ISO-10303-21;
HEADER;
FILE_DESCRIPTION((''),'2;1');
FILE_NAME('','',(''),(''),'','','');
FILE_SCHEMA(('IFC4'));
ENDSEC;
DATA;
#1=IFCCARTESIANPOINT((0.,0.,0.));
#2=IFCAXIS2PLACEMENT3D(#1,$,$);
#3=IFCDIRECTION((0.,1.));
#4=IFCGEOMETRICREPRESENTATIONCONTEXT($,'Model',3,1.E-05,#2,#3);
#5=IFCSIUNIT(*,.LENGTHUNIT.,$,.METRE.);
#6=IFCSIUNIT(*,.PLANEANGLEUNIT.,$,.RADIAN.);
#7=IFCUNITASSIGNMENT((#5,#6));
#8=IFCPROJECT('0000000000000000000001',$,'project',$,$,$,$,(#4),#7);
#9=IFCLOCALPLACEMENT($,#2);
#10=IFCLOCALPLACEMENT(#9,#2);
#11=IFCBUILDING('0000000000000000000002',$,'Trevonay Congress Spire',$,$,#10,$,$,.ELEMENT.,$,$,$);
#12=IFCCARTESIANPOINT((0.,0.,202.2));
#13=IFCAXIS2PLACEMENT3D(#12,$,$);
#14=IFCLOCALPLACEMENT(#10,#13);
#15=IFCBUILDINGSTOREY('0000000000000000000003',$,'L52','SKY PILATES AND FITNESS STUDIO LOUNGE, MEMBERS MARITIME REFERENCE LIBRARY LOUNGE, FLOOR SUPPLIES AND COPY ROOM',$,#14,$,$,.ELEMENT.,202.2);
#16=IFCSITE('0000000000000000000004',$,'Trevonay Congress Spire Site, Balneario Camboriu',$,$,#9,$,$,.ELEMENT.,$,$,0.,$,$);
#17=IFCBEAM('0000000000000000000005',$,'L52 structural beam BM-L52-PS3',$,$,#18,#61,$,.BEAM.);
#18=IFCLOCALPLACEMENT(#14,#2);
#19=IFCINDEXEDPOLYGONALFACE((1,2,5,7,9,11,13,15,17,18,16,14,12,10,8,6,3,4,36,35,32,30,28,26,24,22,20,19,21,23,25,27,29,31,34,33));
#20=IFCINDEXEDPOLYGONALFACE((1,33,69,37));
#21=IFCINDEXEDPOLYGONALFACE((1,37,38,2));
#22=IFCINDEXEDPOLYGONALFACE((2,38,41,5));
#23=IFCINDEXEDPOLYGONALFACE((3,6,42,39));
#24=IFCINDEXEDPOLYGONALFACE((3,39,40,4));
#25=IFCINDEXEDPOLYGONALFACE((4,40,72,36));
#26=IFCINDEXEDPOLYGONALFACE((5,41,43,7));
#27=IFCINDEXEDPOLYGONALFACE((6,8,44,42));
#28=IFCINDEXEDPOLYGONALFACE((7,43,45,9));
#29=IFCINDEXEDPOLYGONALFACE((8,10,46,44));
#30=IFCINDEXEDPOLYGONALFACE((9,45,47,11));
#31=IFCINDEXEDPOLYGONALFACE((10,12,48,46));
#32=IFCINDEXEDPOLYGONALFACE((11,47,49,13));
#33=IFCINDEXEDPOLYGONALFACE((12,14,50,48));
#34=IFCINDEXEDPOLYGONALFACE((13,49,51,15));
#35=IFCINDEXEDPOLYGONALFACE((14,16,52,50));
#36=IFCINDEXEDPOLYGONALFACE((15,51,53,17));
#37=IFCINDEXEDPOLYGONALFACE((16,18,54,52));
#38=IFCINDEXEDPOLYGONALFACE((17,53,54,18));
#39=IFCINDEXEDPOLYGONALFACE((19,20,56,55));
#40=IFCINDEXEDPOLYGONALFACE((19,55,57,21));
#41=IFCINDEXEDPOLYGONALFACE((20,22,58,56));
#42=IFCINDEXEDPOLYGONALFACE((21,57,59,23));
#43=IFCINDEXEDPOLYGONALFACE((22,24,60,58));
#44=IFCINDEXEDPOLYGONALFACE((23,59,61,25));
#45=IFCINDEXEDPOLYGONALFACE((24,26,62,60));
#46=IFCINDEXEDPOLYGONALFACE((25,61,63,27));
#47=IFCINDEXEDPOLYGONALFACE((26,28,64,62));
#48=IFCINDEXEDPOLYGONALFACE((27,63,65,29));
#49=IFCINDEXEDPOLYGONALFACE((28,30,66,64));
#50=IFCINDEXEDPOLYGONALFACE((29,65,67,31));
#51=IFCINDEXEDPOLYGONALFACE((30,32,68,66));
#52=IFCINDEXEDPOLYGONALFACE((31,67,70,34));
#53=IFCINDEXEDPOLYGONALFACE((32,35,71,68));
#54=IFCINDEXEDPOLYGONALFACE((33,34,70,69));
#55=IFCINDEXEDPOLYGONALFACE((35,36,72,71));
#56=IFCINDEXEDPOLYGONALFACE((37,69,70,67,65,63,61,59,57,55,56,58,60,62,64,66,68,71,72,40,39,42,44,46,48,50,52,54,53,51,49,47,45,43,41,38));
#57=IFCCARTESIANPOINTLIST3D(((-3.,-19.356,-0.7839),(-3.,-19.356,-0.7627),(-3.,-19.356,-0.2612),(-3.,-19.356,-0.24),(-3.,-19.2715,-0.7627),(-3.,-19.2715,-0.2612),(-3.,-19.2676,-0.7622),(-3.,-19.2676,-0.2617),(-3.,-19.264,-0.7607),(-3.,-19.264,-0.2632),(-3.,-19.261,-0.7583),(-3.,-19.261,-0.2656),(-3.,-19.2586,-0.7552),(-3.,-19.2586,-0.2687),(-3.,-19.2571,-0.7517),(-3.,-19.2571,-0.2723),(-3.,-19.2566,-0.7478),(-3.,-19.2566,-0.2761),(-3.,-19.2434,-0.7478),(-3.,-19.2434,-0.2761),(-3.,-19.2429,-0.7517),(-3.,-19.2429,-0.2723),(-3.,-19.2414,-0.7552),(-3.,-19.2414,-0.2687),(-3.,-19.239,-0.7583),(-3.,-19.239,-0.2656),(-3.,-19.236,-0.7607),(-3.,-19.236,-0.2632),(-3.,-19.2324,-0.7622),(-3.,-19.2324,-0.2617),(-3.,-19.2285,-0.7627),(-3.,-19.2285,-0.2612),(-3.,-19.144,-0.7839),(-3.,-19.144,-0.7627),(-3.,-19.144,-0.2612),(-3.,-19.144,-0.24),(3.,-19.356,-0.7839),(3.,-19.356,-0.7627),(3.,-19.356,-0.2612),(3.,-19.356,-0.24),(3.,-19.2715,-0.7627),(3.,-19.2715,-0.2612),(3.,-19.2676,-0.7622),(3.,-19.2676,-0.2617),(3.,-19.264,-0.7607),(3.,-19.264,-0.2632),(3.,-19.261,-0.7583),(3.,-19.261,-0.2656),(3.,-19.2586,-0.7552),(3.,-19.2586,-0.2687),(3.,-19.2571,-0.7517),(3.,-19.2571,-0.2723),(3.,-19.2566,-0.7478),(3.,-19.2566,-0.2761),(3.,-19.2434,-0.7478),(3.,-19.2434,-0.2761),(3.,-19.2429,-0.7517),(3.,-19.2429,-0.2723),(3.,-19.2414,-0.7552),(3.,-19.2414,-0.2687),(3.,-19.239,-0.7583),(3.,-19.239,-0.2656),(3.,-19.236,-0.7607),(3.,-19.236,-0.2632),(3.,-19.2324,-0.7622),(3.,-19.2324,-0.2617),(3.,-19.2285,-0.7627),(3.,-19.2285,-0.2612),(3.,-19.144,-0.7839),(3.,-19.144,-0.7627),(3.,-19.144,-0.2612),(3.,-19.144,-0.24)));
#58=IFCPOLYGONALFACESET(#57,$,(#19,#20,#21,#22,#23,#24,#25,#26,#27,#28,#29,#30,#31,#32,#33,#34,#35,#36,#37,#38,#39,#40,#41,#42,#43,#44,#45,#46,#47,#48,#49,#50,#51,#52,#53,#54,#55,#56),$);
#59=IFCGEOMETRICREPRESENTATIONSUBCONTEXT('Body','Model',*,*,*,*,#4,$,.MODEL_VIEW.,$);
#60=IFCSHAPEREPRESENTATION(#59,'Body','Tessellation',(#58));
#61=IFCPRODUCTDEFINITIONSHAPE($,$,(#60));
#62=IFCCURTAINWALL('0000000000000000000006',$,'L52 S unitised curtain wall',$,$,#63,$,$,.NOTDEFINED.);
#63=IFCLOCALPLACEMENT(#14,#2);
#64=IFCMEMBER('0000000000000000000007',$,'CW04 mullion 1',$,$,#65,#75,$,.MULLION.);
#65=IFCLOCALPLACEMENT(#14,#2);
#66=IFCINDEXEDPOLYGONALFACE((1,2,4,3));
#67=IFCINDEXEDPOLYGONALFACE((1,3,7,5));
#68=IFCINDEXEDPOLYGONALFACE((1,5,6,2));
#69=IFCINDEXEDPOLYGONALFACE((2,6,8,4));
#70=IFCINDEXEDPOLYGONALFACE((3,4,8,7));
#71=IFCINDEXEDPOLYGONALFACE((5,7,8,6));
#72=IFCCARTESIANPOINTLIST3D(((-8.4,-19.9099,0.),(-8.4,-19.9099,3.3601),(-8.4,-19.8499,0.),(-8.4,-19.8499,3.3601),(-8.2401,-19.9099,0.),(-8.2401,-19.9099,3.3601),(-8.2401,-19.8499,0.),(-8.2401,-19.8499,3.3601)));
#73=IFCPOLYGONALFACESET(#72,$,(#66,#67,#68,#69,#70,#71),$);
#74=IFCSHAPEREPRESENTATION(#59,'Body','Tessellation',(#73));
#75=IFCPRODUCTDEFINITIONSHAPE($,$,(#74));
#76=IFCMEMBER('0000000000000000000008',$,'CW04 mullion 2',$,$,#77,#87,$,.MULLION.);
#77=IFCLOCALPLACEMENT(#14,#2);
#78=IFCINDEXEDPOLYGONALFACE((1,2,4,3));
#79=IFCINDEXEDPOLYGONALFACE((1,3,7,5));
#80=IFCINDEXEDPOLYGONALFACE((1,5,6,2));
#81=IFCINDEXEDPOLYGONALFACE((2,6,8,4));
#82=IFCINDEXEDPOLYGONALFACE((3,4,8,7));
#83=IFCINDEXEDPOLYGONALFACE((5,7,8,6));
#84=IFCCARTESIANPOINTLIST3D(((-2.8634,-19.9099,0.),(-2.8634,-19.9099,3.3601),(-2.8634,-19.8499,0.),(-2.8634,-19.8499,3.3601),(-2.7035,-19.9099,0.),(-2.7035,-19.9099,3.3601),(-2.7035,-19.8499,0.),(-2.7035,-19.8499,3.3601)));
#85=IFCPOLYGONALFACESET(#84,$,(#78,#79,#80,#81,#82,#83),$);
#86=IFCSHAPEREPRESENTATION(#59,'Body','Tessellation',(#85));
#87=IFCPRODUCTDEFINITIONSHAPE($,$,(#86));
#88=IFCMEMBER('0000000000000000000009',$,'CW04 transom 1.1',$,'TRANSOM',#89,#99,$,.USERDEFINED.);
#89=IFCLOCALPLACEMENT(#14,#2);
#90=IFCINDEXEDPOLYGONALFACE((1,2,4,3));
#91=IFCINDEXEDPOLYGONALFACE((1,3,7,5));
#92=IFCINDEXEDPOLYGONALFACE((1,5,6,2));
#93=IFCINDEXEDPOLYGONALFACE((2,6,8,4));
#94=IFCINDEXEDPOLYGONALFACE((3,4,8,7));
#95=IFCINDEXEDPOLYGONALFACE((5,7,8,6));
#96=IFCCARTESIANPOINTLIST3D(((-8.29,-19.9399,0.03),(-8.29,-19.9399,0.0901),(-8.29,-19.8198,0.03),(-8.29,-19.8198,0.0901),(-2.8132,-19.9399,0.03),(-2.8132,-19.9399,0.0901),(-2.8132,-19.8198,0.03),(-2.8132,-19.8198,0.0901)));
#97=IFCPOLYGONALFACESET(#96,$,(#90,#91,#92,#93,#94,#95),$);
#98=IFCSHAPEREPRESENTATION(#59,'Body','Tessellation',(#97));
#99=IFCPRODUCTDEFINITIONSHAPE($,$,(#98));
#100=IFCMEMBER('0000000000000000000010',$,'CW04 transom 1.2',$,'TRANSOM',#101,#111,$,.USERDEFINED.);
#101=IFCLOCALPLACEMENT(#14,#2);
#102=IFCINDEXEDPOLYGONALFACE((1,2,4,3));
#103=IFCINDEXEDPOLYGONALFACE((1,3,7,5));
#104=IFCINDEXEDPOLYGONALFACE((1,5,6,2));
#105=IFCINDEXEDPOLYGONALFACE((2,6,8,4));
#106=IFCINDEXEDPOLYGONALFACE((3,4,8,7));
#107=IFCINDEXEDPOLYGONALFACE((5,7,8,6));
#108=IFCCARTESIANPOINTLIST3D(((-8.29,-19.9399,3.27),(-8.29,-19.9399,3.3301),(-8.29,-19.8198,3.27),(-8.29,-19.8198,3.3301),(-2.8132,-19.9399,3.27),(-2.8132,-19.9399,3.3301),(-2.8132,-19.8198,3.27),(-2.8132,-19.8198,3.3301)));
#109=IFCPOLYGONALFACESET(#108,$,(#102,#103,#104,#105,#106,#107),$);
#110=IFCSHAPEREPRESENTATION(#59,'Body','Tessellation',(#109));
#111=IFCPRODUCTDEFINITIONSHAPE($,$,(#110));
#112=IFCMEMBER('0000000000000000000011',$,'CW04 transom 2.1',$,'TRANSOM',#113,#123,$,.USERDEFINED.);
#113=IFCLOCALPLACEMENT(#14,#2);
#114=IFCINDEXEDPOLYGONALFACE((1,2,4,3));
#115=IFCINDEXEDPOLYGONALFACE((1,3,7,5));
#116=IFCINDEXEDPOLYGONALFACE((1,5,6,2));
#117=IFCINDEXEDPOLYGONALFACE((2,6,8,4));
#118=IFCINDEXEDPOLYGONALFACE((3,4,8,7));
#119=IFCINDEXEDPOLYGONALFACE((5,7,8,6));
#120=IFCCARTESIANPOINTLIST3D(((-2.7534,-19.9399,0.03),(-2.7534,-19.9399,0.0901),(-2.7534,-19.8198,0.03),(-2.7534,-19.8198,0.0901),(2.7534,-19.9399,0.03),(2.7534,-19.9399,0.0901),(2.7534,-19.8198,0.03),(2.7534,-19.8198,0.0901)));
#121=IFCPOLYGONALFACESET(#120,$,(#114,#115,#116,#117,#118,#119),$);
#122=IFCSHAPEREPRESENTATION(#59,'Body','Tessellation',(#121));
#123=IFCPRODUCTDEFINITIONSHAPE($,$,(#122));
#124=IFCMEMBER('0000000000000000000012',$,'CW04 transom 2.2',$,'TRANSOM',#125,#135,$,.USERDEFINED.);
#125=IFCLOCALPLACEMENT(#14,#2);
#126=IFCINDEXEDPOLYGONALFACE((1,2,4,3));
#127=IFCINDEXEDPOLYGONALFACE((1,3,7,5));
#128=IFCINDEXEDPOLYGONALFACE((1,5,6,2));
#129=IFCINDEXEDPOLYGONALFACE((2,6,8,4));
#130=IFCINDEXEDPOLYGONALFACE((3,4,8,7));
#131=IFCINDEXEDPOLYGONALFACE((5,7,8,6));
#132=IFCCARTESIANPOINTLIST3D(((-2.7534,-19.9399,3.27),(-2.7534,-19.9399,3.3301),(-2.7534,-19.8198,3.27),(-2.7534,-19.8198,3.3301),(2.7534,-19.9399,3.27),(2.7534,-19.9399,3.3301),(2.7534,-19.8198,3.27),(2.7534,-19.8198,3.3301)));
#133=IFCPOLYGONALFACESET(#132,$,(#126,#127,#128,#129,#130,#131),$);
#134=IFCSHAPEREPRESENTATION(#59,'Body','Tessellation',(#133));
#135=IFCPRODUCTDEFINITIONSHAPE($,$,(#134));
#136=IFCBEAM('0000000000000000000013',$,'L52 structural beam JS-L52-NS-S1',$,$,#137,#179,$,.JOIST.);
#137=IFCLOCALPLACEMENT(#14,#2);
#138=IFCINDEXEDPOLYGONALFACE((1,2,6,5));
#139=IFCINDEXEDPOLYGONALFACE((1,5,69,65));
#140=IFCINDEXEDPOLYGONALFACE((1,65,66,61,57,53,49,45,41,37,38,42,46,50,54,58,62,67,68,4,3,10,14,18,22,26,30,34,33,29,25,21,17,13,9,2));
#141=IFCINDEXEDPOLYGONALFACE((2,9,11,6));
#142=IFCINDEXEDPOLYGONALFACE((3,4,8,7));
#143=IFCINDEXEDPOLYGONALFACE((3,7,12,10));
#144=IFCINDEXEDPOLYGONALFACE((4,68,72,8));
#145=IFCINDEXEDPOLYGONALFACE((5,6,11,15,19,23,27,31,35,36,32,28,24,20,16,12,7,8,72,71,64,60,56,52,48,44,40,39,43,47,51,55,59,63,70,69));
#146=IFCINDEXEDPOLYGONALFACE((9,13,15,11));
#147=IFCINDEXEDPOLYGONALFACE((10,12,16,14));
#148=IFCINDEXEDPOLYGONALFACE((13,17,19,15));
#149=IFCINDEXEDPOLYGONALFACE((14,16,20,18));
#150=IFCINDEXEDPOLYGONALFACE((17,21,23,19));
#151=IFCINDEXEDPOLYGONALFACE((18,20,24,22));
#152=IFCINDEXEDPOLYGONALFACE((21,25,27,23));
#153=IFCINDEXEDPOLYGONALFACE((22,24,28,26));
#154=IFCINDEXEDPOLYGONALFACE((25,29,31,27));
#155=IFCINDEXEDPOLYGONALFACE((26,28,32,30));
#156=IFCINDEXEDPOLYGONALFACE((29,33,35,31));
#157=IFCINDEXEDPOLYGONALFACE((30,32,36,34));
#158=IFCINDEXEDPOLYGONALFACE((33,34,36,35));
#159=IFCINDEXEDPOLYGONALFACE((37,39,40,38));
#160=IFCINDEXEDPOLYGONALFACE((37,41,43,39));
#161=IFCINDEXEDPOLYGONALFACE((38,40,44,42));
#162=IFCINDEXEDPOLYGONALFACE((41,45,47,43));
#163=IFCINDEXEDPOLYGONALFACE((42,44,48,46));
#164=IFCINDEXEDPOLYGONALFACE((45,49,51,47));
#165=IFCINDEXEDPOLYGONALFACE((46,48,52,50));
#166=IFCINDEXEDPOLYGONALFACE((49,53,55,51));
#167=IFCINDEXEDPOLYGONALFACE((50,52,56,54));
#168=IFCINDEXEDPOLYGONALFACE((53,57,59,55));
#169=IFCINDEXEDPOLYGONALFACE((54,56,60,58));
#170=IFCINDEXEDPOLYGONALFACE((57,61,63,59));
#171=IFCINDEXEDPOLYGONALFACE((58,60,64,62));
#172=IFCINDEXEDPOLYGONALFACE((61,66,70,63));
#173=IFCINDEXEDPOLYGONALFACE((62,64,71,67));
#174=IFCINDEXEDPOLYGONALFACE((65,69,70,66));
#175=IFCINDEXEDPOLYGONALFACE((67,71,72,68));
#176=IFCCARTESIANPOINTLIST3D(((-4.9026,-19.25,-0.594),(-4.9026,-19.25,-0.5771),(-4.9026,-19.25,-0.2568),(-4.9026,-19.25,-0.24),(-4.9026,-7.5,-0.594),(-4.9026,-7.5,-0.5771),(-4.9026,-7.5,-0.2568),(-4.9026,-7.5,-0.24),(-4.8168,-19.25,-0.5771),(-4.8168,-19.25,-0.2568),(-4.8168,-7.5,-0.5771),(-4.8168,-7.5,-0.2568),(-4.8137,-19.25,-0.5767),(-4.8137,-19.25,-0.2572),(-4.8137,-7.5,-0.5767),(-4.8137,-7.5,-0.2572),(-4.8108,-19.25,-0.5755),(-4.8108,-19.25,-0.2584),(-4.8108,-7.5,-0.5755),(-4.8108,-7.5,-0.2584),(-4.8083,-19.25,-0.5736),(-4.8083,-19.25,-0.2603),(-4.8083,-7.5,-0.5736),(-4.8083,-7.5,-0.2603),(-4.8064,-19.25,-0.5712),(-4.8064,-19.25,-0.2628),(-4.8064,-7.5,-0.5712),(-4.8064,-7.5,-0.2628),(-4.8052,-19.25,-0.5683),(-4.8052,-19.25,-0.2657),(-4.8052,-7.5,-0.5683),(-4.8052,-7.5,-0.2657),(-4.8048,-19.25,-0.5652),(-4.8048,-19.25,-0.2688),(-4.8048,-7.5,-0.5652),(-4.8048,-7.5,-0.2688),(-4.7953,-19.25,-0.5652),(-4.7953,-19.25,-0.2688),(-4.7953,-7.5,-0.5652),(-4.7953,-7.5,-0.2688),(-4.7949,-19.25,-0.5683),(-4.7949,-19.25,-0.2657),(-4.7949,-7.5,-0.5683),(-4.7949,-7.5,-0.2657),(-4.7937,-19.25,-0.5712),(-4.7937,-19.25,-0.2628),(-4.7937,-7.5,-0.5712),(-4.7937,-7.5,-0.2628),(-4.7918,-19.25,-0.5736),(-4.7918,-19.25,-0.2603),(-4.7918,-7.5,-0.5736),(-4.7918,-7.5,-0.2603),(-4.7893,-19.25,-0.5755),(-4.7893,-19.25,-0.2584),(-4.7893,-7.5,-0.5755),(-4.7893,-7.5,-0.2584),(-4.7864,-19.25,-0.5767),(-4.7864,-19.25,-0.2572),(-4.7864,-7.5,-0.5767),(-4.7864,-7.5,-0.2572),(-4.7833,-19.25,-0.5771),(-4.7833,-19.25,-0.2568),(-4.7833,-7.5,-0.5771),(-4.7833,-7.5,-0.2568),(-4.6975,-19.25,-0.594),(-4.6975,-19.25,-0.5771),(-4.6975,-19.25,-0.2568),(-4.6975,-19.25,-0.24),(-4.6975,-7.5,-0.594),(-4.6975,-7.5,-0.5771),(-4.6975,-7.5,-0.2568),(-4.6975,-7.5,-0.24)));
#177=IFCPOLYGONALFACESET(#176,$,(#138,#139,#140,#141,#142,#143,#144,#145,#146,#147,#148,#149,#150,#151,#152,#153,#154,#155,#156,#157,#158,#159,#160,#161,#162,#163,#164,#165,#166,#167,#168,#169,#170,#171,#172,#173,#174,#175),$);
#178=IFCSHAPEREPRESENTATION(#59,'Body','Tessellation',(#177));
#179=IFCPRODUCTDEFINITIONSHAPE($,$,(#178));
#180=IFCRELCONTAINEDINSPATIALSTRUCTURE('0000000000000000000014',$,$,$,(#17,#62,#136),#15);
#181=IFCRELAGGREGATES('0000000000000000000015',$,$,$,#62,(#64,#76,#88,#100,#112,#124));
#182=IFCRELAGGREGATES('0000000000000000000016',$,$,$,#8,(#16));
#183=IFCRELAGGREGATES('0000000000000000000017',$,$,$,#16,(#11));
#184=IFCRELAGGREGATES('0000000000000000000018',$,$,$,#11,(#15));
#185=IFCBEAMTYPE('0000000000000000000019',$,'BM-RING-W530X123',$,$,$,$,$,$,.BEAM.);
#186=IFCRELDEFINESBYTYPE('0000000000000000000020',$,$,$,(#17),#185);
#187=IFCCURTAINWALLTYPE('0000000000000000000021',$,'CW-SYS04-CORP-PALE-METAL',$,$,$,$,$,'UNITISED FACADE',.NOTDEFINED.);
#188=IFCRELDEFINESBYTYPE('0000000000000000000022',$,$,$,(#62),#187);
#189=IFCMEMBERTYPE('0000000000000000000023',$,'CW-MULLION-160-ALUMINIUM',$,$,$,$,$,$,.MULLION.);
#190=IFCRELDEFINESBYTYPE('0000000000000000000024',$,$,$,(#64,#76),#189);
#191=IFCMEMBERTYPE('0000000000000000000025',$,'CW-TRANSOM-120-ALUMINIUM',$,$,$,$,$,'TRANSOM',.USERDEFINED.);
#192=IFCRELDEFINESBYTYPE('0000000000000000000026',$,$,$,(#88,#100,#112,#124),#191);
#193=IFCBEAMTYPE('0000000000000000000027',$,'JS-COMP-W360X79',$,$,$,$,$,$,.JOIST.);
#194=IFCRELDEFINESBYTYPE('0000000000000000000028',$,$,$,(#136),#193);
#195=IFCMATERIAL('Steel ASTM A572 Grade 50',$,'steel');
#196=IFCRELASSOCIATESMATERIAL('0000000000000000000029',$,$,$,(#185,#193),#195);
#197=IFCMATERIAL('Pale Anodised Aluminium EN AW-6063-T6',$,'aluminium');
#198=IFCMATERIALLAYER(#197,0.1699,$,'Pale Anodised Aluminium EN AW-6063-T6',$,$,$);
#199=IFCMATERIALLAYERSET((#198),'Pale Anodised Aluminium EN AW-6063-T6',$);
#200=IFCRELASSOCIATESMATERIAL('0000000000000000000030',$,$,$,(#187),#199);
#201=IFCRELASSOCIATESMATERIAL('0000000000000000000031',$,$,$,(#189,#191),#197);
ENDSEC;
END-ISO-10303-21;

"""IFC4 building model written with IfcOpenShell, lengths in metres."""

from ifc_helpers import new_model, si_unit, direction, frame, origin, origin_2d, place, context, subcontext, project, spatial, rectangle, i_section, extrude, material, layer, layer_set, material_profile, profile_set, type_object, element, aggregate, save


model = new_model("IFC4")

# Units and contexts
model_context = context("Model", 3, precision=1e-05, world=origin(), true_north=direction((0.0, 1.0)))
body_context = subcontext(model_context, "Body", "Model", "MODEL_VIEW")
ifc_project = project(units=[si_unit("LENGTHUNIT", "METRE"), si_unit("PLANEANGLEUNIT", "RADIAN")], contexts=[model_context])

# Site, building, storey
site_placement = place(None, origin())
site = spatial("IfcSite", under=ifc_project, at=site_placement, Name="Trevonay Congress Spire Site, Balneario Camboriu", CompositionType="ELEMENT", RefElevation=0.0)
building_placement = place(site_placement, origin())
building = spatial("IfcBuilding", under=site, at=building_placement, Name="Trevonay Congress Spire", CompositionType="ELEMENT")
storey_placement = place(building_placement, frame((0.0, 0.0, 202.2)))
storey = spatial("IfcBuildingStorey", under=building, at=storey_placement, Name="L52", Description="SKY PILATES AND FITNESS STUDIO LOUNGE, MEMBERS MARITIME REFERENCE LIBRARY LOUNGE, FLOOR SUPPLIES AND COPY ROOM", CompositionType="ELEMENT", Elevation=202.2)

# Shared definitions
ifc_material_1 = material(Name="Steel ASTM A572 Grade 50", Category="steel")

# Beam
ifc_material_profile_1 = material_profile(ifc_material_1, i_section(OverallWidth=0.2119, OverallDepth=0.5439, WebThickness=0.0132, FlangeThickness=0.0212, FilletRadius=0.0149, at=origin_2d()), Name="W530x123")
ifc_profile_set_1 = profile_set([ifc_material_profile_1], Name="Steel ASTM A572 Grade 50")
beam_type_1 = type_object("IfcBeamType", Name="BM-RING-W530X123", PredefinedType="BEAM", material=ifc_profile_set_1)
beam_1_placement = place(storey_placement, frame((-3.0, -19.25, -0.512), z_axis=(1.0, 0.0, 0.0), x_axis=(0.0, 1.0, 0.0)))
element("IfcBeam", 1, at=beam_1_placement, inside=storey, type_object=beam_type_1, Name="L52 structural beam BM-L52-PS3", PredefinedType="BEAM", context=body_context, shape_type="SweptSolid", body=[
    extrude(i_section(OverallWidth=0.2119, OverallDepth=0.5439, WebThickness=0.0132, FlangeThickness=0.0212, FilletRadius=0.0149, at=origin_2d()), origin(), (0.0, 0.0, 1.0), 6.0),
])

# Curtain wall, members
ifc_material_2 = material(Name="Pale Anodised Aluminium EN AW-6063-T6", Category="aluminium")
ifc_layer_1 = layer(ifc_material_2, 0.1699, Name="Pale Anodised Aluminium EN AW-6063-T6")
ifc_layer_set_1 = layer_set([ifc_layer_1], Name="Pale Anodised Aluminium EN AW-6063-T6")
curtain_wall_type = type_object("IfcCurtainWallType", Name="CW-SYS04-CORP-PALE-METAL", ElementType="UNITISED FACADE", PredefinedType="NOTDEFINED", material=ifc_layer_set_1)
curtain_wall_placement = place(storey_placement, origin())
curtain_wall = element("IfcCurtainWall", 2, at=curtain_wall_placement, inside=storey, type_object=curtain_wall_type, Name="L52 S unitised curtain wall", PredefinedType="NOTDEFINED")
ifc_material_profile_2 = material_profile(ifc_material_2, rectangle(XDim=0.0601, YDim=0.1599, at=origin_2d()), Name="CW-MULLION-160-ALUMINIUM")
ifc_profile_set_2 = profile_set([ifc_material_profile_2], Name="Pale Anodised Aluminium EN AW-6063-T6")
member_type_1 = type_object("IfcMemberType", Name="CW-MULLION-160-ALUMINIUM", PredefinedType="MULLION", material=ifc_profile_set_2)
member_1_placement = place(storey_placement, frame((-8.3201, -19.8799, 0.0), z_axis=(0.0, 0.0, 1.0), x_axis=(0.0, 1.0, 0.0)))
member_1 = element("IfcMember", 3, at=member_1_placement, type_object=member_type_1, Name="CW04 mullion 1", PredefinedType="MULLION", context=body_context, shape_type="SweptSolid", body=[
    extrude(rectangle(XDim=0.0601, YDim=0.1599, at=origin_2d()), origin(), (0.0, 0.0, 1.0), 3.3601),
])
member_2_placement = place(storey_placement, frame((-2.7834, -19.8799, 0.0), z_axis=(0.0, 0.0, 1.0), x_axis=(0.0, 1.0, 0.0)))
member_2 = element("IfcMember", 4, at=member_2_placement, type_object=member_type_1, Name="CW04 mullion 2", PredefinedType="MULLION", context=body_context, shape_type="SweptSolid", body=[
    extrude(rectangle(XDim=0.0601, YDim=0.1599, at=origin_2d()), origin(), (0.0, 0.0, 1.0), 3.3601),
])
ifc_material_profile_3 = material_profile(ifc_material_2, rectangle(XDim=0.1201, YDim=0.0601, at=origin_2d()), Name="CW-TRANSOM-120-ALUMINIUM")
ifc_profile_set_3 = profile_set([ifc_material_profile_3], Name="Pale Anodised Aluminium EN AW-6063-T6")
member_type_2 = type_object("IfcMemberType", Name="CW-TRANSOM-120-ALUMINIUM", ElementType="TRANSOM", PredefinedType="USERDEFINED", material=ifc_profile_set_3)
member_3_placement = place(storey_placement, frame((-8.29, -19.8799, 0.0601), z_axis=(1.0, 0.0, 0.0), x_axis=(0.0, 1.0, 0.0)))
member_3 = element("IfcMember", 5, at=member_3_placement, type_object=member_type_2, Name="CW04 transom 1.1", ObjectType="TRANSOM", PredefinedType="USERDEFINED", context=body_context, shape_type="SweptSolid", body=[
    extrude(rectangle(XDim=0.1201, YDim=0.0601, at=origin_2d()), origin(), (0.0, 0.0, 1.0), 5.4768),
])
member_4_placement = place(storey_placement, frame((-8.29, -19.8799, 3.3), z_axis=(1.0, 0.0, 0.0), x_axis=(0.0, 1.0, 0.0)))
member_4 = element("IfcMember", 6, at=member_4_placement, type_object=member_type_2, Name="CW04 transom 1.2", ObjectType="TRANSOM", PredefinedType="USERDEFINED", context=body_context, shape_type="SweptSolid", body=[
    extrude(rectangle(XDim=0.1201, YDim=0.0601, at=origin_2d()), origin(), (0.0, 0.0, 1.0), 5.4768),
])
member_5_placement = place(storey_placement, frame((-2.7534, -19.8799, 0.0601), z_axis=(1.0, 0.0, 0.0), x_axis=(0.0, 1.0, 0.0)))
member_5 = element("IfcMember", 7, at=member_5_placement, type_object=member_type_2, Name="CW04 transom 2.1", ObjectType="TRANSOM", PredefinedType="USERDEFINED", context=body_context, shape_type="SweptSolid", body=[
    extrude(rectangle(XDim=0.1201, YDim=0.0601, at=origin_2d()), origin(), (0.0, 0.0, 1.0), 5.5068),
])
member_6_placement = place(storey_placement, frame((-2.7534, -19.8799, 3.3), z_axis=(1.0, 0.0, 0.0), x_axis=(0.0, 1.0, 0.0)))
member_6 = element("IfcMember", 8, at=member_6_placement, type_object=member_type_2, Name="CW04 transom 2.2", ObjectType="TRANSOM", PredefinedType="USERDEFINED", context=body_context, shape_type="SweptSolid", body=[
    extrude(rectangle(XDim=0.1201, YDim=0.0601, at=origin_2d()), origin(), (0.0, 0.0, 1.0), 5.5068),
])

# Beam
ifc_material_profile_4 = material_profile(ifc_material_1, i_section(OverallWidth=0.2051, OverallDepth=0.354, WebThickness=0.0095, FlangeThickness=0.0168, FilletRadius=0.012, at=origin_2d()), Name="W360x79")
ifc_profile_set_4 = profile_set([ifc_material_profile_4], Name="Steel ASTM A572 Grade 50")
beam_type_2 = type_object("IfcBeamType", Name="JS-COMP-W360X79", PredefinedType="JOIST", material=ifc_profile_set_4)
for number, where, z_axis, x_axis, name in (
    (9, (-4.8, -19.25, -0.417), (0.0, 1.0, 0.0), (-1.0, 0.0, 0.0), "L52 structural beam JS-L52-NS-S1"),
):
    element("IfcBeam", number, at=place(storey_placement, frame(where, z_axis=z_axis, x_axis=x_axis)), inside=storey, type_object=beam_type_2, Name=name, PredefinedType="JOIST", context=body_context, shape_type="SweptSolid", body=[
        extrude(i_section(OverallWidth=0.2051, OverallDepth=0.354, WebThickness=0.0095, FlangeThickness=0.0168, FilletRadius=0.012, at=origin_2d()), origin(), (0.0, 0.0, 1.0), 11.75),
    ])

aggregate(curtain_wall, [member_1, member_2, member_3, member_4, member_5, member_6])

save(model, "model.ifc")
